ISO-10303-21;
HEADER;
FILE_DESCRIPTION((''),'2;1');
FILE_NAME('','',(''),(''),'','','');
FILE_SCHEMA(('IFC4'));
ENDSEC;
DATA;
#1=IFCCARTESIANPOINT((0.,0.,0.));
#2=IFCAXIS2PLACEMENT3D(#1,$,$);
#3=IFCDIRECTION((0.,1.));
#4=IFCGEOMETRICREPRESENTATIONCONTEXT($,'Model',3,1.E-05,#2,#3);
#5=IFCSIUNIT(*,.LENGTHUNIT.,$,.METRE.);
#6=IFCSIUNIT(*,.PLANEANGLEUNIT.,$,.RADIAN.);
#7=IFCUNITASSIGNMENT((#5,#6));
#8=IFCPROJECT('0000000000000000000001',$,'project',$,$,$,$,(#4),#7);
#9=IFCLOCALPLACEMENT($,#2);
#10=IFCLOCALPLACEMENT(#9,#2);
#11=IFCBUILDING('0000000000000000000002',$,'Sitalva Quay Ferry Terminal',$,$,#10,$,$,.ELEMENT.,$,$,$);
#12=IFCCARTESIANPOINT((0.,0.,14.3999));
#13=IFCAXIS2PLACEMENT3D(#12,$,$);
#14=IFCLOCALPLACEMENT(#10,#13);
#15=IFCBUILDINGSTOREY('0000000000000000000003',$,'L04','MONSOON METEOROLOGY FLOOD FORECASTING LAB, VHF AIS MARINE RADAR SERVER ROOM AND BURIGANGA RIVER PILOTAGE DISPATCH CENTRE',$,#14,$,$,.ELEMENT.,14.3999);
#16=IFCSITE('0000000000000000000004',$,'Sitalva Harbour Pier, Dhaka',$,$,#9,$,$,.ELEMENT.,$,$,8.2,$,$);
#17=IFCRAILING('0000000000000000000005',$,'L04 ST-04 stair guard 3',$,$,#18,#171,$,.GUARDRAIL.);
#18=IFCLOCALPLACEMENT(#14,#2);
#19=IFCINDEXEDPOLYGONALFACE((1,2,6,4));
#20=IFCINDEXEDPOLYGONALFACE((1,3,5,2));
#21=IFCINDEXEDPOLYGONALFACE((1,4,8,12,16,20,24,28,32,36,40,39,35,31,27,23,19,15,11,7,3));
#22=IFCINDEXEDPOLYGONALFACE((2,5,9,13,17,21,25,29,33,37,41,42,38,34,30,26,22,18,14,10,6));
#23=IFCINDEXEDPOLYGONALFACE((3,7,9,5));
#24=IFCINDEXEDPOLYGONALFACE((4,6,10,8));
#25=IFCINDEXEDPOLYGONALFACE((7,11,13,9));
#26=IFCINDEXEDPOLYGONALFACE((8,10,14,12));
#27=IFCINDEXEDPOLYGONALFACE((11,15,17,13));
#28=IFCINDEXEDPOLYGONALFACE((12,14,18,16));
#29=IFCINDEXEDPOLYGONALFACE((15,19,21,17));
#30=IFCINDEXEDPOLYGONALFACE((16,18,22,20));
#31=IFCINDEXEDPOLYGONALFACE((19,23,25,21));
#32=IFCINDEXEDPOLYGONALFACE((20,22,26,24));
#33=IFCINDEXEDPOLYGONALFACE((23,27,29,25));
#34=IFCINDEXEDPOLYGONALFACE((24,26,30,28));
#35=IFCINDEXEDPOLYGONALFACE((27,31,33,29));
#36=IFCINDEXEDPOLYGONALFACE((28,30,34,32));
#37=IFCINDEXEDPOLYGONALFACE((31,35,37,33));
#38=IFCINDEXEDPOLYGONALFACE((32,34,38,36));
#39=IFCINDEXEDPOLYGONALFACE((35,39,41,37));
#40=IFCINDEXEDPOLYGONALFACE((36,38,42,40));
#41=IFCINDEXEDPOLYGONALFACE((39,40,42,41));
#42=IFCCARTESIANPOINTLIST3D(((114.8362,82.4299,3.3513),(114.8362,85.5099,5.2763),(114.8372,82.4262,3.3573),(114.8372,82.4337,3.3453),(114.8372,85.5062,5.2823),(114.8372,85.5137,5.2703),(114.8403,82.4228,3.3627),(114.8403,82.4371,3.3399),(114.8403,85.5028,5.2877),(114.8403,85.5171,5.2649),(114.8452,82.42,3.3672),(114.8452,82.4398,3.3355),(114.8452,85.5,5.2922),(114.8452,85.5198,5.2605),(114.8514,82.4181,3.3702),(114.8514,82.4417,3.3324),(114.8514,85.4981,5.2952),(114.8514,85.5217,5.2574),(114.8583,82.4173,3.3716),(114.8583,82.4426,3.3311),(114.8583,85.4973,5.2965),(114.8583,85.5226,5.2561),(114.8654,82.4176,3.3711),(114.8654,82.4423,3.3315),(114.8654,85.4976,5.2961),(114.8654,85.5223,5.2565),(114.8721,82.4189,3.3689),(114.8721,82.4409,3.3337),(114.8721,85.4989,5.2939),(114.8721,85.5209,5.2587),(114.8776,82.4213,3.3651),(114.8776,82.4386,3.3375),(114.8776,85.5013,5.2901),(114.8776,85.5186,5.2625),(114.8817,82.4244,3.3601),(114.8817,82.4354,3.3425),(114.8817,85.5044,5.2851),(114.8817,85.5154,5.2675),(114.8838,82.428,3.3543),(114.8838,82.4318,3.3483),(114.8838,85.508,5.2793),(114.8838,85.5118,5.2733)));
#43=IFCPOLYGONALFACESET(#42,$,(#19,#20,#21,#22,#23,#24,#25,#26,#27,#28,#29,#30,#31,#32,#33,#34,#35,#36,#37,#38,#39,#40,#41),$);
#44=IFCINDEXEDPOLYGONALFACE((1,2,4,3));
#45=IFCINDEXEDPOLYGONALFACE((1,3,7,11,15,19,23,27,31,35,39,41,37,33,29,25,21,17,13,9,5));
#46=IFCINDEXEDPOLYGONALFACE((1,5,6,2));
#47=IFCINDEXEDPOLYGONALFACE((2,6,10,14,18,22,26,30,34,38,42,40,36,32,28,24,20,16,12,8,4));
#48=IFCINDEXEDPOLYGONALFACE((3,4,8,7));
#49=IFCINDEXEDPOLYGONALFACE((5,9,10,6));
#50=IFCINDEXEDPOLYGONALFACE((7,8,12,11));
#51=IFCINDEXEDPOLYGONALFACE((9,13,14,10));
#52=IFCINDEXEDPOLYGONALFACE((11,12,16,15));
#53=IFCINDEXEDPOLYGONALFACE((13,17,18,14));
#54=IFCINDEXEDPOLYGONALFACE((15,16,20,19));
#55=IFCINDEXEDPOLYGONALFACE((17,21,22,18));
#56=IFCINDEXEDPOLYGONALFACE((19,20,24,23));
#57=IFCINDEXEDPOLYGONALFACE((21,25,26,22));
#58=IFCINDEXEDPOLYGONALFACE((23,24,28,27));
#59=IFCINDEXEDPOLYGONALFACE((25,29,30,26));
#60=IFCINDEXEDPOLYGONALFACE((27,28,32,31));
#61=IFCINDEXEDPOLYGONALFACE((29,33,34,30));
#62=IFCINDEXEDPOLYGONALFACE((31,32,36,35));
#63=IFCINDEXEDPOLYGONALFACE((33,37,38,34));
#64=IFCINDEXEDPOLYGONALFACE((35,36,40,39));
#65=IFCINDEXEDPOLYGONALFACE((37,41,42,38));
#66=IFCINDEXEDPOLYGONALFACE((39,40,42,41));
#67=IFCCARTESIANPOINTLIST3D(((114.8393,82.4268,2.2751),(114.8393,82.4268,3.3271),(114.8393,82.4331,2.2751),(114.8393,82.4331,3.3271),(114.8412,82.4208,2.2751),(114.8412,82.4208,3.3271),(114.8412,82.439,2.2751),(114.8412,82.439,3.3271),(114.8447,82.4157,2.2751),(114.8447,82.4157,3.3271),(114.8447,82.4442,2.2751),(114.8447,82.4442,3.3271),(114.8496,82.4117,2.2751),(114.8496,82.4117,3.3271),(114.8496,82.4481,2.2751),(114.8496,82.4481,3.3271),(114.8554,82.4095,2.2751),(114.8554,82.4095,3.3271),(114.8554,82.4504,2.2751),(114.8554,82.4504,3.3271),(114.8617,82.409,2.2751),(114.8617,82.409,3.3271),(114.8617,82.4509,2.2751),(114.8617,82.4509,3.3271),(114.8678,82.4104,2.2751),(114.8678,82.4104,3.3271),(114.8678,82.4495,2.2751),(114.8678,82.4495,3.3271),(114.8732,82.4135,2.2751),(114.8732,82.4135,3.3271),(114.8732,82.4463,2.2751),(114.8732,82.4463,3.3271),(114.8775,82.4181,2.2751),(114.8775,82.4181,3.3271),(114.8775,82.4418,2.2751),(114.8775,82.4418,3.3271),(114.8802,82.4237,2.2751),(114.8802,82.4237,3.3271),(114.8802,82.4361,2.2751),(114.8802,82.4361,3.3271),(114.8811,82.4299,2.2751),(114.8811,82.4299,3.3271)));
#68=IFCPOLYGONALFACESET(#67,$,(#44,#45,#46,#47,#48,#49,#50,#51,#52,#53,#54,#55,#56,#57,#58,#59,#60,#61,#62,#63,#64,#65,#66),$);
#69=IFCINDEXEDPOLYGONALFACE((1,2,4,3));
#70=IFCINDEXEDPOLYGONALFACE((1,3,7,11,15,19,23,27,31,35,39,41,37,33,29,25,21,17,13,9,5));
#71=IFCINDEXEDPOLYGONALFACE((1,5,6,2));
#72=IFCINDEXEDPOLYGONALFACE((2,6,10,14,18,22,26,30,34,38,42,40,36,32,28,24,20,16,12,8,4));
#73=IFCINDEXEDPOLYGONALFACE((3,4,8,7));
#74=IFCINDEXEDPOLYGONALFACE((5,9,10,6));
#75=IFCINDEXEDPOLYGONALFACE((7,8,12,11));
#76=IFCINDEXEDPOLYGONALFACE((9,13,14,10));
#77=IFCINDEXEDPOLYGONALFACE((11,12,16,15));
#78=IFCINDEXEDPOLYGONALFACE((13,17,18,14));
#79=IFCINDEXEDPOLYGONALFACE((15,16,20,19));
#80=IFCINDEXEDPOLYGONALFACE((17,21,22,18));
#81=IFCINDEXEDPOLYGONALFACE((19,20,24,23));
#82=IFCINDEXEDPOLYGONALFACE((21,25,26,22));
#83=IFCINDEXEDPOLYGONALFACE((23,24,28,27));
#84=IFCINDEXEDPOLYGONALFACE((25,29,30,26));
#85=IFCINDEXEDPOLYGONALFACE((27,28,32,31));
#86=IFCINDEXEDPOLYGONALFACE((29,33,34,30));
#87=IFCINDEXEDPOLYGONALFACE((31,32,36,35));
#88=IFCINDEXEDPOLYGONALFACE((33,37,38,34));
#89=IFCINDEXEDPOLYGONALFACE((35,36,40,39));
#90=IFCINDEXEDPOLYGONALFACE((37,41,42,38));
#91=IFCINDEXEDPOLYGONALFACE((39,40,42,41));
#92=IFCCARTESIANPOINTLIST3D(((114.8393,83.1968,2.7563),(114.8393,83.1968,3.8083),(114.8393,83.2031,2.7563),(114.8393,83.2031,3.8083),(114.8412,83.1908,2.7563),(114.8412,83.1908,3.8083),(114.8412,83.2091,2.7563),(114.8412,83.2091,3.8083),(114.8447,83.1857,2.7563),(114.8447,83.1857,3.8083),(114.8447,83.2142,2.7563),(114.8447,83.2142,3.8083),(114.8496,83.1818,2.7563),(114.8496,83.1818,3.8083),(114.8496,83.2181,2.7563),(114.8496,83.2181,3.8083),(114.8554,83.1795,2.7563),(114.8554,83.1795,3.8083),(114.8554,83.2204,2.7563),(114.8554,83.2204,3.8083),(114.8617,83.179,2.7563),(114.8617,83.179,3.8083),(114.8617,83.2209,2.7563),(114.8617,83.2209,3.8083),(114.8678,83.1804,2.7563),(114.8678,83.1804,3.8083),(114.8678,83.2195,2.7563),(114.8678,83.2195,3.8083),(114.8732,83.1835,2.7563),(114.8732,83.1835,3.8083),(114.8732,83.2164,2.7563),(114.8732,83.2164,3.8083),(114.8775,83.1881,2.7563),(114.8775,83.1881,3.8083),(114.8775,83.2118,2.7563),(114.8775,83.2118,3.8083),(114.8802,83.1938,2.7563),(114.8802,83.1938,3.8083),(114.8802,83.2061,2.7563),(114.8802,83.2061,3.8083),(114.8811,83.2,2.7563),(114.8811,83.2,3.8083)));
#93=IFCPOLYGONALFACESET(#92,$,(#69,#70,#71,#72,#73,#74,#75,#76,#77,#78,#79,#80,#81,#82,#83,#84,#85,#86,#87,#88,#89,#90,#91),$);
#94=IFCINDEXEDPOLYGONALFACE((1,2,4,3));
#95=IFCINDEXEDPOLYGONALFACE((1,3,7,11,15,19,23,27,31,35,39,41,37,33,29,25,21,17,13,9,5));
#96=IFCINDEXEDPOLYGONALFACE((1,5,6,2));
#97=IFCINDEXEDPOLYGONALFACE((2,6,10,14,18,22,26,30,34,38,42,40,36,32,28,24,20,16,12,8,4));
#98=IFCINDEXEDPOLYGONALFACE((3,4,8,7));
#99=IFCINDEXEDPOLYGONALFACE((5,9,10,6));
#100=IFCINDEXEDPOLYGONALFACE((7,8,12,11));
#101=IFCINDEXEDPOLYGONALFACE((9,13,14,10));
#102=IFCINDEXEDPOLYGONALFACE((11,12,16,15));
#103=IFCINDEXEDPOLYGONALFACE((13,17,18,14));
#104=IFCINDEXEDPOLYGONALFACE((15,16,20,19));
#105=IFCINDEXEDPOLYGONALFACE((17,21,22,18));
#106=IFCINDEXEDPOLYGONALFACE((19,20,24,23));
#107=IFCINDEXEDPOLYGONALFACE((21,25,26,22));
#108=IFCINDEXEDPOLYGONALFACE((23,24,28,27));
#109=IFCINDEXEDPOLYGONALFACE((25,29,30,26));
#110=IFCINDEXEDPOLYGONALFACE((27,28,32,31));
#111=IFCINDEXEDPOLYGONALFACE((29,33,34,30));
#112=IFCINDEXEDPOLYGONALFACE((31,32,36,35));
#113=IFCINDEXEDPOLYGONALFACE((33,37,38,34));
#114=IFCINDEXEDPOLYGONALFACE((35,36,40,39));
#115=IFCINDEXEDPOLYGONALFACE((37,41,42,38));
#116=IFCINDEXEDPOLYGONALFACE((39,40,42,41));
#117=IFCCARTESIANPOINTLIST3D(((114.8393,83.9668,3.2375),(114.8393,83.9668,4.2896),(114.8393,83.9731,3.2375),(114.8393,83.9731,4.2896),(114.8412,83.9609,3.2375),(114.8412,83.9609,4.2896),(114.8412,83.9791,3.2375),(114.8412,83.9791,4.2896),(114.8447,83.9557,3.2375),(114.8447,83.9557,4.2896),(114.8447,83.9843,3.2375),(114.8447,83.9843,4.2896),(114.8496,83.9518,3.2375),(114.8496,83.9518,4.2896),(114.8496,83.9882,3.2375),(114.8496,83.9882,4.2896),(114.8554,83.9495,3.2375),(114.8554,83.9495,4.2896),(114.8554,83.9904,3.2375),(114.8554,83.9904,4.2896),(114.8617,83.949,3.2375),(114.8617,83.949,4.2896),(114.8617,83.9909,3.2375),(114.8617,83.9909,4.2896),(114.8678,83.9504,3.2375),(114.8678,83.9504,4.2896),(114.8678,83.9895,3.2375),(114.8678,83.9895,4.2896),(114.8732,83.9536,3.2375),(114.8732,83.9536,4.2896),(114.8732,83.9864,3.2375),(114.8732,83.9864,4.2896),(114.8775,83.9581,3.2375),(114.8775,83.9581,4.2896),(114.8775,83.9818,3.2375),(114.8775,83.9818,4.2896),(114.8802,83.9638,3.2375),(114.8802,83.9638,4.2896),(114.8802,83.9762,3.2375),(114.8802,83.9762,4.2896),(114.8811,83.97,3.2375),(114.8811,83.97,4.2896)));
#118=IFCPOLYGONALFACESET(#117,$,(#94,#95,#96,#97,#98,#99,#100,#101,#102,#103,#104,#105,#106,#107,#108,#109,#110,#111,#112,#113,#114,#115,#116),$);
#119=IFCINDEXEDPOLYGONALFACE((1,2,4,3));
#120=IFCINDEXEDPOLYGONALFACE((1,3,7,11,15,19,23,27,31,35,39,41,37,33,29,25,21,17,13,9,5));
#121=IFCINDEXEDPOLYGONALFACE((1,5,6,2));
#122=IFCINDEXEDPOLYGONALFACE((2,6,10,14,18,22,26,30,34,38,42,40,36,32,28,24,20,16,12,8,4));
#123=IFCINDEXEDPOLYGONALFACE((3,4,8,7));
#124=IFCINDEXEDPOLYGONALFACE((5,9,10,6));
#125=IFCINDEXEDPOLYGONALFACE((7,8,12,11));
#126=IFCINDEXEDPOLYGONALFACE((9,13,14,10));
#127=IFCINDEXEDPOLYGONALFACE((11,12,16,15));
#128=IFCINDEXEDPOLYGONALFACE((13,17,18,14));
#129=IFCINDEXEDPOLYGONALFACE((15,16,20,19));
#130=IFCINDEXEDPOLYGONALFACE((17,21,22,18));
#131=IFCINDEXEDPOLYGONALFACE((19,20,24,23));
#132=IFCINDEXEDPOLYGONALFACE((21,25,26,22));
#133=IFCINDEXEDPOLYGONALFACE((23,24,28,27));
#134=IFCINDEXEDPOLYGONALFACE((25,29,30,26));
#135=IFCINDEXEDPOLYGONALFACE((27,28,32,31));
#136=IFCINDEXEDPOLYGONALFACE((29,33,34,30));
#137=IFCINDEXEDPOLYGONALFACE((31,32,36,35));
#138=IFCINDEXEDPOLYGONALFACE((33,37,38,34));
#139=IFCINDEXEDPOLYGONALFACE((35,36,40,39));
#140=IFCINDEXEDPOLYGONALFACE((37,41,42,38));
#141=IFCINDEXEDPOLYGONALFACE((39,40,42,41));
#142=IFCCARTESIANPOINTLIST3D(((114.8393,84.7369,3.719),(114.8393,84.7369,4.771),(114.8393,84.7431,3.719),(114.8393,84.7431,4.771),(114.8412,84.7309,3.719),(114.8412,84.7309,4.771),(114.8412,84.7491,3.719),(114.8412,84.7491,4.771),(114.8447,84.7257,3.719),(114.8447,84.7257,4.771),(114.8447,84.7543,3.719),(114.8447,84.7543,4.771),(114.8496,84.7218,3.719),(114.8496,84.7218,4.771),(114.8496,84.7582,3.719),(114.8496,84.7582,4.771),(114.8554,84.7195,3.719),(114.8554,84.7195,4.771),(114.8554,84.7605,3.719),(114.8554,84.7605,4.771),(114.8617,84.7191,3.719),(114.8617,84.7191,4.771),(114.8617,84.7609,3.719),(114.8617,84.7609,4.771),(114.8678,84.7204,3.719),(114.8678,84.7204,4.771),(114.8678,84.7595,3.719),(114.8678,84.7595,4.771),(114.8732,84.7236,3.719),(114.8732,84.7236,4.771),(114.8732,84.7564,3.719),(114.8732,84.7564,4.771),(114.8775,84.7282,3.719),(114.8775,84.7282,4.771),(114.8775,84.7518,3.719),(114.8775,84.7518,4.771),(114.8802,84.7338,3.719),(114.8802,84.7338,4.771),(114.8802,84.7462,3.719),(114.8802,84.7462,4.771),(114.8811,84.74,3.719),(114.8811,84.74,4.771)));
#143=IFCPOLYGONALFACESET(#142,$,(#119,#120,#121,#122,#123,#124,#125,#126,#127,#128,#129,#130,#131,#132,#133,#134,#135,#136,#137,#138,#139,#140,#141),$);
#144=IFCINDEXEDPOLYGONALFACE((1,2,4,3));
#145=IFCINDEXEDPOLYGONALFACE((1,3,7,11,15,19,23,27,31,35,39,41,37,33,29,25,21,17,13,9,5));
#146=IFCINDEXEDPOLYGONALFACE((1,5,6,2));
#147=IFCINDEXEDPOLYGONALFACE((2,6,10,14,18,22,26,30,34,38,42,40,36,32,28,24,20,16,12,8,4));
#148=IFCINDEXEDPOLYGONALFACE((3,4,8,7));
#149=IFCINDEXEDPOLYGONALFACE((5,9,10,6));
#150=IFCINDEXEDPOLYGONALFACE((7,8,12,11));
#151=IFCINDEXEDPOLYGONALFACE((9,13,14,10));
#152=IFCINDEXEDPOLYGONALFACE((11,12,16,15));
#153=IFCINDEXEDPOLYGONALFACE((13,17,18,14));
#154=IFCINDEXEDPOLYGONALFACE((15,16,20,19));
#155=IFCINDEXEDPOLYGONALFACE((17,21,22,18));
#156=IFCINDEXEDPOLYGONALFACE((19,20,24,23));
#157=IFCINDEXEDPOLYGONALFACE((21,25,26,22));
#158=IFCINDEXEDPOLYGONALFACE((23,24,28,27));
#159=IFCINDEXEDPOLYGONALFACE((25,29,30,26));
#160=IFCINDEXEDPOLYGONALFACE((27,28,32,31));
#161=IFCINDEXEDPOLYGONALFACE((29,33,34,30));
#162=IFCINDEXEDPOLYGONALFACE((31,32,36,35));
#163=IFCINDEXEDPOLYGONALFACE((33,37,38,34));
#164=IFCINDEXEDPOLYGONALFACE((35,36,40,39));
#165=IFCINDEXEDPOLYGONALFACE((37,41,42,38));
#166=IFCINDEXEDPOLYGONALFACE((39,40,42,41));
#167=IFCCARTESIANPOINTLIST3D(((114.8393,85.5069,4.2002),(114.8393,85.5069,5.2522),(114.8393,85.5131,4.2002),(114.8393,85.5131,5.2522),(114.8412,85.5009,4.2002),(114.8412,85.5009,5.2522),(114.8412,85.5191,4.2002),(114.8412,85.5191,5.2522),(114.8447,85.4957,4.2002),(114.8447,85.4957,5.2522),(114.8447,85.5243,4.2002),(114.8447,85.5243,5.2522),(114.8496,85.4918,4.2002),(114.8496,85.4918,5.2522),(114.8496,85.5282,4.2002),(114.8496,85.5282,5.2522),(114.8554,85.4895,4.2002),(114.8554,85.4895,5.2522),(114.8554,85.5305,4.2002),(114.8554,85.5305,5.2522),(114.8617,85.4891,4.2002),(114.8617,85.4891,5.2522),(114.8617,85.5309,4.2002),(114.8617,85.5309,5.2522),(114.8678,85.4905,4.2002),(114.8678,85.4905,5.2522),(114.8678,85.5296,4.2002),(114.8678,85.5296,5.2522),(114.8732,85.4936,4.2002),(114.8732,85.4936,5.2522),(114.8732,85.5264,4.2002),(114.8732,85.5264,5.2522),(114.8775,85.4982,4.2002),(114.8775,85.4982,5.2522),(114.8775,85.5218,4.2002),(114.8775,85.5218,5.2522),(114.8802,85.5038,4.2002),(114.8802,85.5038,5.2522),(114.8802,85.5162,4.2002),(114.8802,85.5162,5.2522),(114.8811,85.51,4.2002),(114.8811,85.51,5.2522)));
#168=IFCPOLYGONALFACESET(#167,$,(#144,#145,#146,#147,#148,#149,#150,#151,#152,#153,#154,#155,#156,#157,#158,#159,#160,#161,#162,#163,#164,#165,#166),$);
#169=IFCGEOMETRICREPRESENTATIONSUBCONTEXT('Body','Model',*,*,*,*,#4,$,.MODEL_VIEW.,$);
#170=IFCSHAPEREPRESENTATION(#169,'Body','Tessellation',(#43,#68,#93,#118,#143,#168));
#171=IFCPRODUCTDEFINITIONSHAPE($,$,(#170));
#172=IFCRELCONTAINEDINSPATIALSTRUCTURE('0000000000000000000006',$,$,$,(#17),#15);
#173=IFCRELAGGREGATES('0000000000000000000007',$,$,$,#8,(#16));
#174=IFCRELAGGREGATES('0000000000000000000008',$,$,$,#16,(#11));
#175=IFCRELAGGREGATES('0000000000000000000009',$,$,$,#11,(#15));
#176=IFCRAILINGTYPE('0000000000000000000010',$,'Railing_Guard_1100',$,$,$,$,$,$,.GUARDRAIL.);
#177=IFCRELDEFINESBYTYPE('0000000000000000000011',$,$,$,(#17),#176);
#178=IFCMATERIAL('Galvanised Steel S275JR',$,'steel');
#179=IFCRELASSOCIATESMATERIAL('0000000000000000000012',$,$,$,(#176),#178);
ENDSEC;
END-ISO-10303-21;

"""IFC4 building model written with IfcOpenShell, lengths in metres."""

from ifc_helpers import new_model, si_unit, direction, frame, origin, origin_2d, place, context, subcontext, project, spatial, circle, extrude, material, type_object, element, save


model = new_model("IFC4")

# Units and contexts
model_context = context("Model", 3, precision=1e-05, world=origin(), true_north=direction((0.0, 1.0)))
body_context = subcontext(model_context, "Body", "Model", "MODEL_VIEW")
ifc_project = project(units=[si_unit("LENGTHUNIT", "METRE"), si_unit("PLANEANGLEUNIT", "RADIAN")], contexts=[model_context])

# Site, building, storey
site_placement = place(None, origin())
site = spatial("IfcSite", under=ifc_project, at=site_placement, Name="Sitalva Harbour Pier, Dhaka", CompositionType="ELEMENT", RefElevation=8.2)
building_placement = place(site_placement, origin())
building = spatial("IfcBuilding", under=site, at=building_placement, Name="Sitalva Quay Ferry Terminal", CompositionType="ELEMENT")
storey_placement = place(building_placement, frame((0.0, 0.0, 14.3999)))
storey = spatial("IfcBuildingStorey", under=building, at=storey_placement, Name="L04", Description="MONSOON METEOROLOGY FLOOD FORECASTING LAB, VHF AIS MARINE RADAR SERVER ROOM AND BURIGANGA RIVER PILOTAGE DISPATCH CENTRE", CompositionType="ELEMENT", Elevation=14.3999)

# Railing
ifc_material_1 = material(Name="Galvanised Steel S275JR", Category="steel")
railing_type_1 = type_object("IfcRailingType", Name="Railing_Guard_1100", PredefinedType="GUARDRAIL", material=ifc_material_1)
railing_1_placement = place(storey_placement, frame((114.8601, 82.4299, 2.2751)))
element("IfcRailing", 1, at=railing_1_placement, inside=storey, type_object=railing_type_1, Name="L04 ST-04 stair guard 3", PredefinedType="GUARDRAIL", context=body_context, shape_type="SweptSolid", body=[
    extrude(circle(Radius=0.0239, at=origin_2d()), frame((0.0, 0.0, 1.0762), z_axis=(0.0, 0.847998, 0.529999), x_axis=(-1.0, 0.0, 0.0)), (0.0, 0.0, 1.0), 3.6321),
    extrude(circle(Radius=0.021, at=origin_2d()), origin(), (0.0, 0.0, 1.0), 1.052),
    extrude(circle(Radius=0.021, at=origin_2d()), frame((0.0, 0.77, 0.4812)), (0.0, 0.0, 1.0), 1.052),
    extrude(circle(Radius=0.021, at=origin_2d()), frame((0.0, 1.54, 0.9624)), (0.0, 0.0, 1.0), 1.052),
    extrude(circle(Radius=0.021, at=origin_2d()), frame((0.0, 2.3101, 1.4438)), (0.0, 0.0, 1.0), 1.052),
    extrude(circle(Radius=0.021, at=origin_2d()), frame((0.0, 3.0801, 1.925)), (0.0, 0.0, 1.0), 1.052),
])

save(model, "model.ifc")
